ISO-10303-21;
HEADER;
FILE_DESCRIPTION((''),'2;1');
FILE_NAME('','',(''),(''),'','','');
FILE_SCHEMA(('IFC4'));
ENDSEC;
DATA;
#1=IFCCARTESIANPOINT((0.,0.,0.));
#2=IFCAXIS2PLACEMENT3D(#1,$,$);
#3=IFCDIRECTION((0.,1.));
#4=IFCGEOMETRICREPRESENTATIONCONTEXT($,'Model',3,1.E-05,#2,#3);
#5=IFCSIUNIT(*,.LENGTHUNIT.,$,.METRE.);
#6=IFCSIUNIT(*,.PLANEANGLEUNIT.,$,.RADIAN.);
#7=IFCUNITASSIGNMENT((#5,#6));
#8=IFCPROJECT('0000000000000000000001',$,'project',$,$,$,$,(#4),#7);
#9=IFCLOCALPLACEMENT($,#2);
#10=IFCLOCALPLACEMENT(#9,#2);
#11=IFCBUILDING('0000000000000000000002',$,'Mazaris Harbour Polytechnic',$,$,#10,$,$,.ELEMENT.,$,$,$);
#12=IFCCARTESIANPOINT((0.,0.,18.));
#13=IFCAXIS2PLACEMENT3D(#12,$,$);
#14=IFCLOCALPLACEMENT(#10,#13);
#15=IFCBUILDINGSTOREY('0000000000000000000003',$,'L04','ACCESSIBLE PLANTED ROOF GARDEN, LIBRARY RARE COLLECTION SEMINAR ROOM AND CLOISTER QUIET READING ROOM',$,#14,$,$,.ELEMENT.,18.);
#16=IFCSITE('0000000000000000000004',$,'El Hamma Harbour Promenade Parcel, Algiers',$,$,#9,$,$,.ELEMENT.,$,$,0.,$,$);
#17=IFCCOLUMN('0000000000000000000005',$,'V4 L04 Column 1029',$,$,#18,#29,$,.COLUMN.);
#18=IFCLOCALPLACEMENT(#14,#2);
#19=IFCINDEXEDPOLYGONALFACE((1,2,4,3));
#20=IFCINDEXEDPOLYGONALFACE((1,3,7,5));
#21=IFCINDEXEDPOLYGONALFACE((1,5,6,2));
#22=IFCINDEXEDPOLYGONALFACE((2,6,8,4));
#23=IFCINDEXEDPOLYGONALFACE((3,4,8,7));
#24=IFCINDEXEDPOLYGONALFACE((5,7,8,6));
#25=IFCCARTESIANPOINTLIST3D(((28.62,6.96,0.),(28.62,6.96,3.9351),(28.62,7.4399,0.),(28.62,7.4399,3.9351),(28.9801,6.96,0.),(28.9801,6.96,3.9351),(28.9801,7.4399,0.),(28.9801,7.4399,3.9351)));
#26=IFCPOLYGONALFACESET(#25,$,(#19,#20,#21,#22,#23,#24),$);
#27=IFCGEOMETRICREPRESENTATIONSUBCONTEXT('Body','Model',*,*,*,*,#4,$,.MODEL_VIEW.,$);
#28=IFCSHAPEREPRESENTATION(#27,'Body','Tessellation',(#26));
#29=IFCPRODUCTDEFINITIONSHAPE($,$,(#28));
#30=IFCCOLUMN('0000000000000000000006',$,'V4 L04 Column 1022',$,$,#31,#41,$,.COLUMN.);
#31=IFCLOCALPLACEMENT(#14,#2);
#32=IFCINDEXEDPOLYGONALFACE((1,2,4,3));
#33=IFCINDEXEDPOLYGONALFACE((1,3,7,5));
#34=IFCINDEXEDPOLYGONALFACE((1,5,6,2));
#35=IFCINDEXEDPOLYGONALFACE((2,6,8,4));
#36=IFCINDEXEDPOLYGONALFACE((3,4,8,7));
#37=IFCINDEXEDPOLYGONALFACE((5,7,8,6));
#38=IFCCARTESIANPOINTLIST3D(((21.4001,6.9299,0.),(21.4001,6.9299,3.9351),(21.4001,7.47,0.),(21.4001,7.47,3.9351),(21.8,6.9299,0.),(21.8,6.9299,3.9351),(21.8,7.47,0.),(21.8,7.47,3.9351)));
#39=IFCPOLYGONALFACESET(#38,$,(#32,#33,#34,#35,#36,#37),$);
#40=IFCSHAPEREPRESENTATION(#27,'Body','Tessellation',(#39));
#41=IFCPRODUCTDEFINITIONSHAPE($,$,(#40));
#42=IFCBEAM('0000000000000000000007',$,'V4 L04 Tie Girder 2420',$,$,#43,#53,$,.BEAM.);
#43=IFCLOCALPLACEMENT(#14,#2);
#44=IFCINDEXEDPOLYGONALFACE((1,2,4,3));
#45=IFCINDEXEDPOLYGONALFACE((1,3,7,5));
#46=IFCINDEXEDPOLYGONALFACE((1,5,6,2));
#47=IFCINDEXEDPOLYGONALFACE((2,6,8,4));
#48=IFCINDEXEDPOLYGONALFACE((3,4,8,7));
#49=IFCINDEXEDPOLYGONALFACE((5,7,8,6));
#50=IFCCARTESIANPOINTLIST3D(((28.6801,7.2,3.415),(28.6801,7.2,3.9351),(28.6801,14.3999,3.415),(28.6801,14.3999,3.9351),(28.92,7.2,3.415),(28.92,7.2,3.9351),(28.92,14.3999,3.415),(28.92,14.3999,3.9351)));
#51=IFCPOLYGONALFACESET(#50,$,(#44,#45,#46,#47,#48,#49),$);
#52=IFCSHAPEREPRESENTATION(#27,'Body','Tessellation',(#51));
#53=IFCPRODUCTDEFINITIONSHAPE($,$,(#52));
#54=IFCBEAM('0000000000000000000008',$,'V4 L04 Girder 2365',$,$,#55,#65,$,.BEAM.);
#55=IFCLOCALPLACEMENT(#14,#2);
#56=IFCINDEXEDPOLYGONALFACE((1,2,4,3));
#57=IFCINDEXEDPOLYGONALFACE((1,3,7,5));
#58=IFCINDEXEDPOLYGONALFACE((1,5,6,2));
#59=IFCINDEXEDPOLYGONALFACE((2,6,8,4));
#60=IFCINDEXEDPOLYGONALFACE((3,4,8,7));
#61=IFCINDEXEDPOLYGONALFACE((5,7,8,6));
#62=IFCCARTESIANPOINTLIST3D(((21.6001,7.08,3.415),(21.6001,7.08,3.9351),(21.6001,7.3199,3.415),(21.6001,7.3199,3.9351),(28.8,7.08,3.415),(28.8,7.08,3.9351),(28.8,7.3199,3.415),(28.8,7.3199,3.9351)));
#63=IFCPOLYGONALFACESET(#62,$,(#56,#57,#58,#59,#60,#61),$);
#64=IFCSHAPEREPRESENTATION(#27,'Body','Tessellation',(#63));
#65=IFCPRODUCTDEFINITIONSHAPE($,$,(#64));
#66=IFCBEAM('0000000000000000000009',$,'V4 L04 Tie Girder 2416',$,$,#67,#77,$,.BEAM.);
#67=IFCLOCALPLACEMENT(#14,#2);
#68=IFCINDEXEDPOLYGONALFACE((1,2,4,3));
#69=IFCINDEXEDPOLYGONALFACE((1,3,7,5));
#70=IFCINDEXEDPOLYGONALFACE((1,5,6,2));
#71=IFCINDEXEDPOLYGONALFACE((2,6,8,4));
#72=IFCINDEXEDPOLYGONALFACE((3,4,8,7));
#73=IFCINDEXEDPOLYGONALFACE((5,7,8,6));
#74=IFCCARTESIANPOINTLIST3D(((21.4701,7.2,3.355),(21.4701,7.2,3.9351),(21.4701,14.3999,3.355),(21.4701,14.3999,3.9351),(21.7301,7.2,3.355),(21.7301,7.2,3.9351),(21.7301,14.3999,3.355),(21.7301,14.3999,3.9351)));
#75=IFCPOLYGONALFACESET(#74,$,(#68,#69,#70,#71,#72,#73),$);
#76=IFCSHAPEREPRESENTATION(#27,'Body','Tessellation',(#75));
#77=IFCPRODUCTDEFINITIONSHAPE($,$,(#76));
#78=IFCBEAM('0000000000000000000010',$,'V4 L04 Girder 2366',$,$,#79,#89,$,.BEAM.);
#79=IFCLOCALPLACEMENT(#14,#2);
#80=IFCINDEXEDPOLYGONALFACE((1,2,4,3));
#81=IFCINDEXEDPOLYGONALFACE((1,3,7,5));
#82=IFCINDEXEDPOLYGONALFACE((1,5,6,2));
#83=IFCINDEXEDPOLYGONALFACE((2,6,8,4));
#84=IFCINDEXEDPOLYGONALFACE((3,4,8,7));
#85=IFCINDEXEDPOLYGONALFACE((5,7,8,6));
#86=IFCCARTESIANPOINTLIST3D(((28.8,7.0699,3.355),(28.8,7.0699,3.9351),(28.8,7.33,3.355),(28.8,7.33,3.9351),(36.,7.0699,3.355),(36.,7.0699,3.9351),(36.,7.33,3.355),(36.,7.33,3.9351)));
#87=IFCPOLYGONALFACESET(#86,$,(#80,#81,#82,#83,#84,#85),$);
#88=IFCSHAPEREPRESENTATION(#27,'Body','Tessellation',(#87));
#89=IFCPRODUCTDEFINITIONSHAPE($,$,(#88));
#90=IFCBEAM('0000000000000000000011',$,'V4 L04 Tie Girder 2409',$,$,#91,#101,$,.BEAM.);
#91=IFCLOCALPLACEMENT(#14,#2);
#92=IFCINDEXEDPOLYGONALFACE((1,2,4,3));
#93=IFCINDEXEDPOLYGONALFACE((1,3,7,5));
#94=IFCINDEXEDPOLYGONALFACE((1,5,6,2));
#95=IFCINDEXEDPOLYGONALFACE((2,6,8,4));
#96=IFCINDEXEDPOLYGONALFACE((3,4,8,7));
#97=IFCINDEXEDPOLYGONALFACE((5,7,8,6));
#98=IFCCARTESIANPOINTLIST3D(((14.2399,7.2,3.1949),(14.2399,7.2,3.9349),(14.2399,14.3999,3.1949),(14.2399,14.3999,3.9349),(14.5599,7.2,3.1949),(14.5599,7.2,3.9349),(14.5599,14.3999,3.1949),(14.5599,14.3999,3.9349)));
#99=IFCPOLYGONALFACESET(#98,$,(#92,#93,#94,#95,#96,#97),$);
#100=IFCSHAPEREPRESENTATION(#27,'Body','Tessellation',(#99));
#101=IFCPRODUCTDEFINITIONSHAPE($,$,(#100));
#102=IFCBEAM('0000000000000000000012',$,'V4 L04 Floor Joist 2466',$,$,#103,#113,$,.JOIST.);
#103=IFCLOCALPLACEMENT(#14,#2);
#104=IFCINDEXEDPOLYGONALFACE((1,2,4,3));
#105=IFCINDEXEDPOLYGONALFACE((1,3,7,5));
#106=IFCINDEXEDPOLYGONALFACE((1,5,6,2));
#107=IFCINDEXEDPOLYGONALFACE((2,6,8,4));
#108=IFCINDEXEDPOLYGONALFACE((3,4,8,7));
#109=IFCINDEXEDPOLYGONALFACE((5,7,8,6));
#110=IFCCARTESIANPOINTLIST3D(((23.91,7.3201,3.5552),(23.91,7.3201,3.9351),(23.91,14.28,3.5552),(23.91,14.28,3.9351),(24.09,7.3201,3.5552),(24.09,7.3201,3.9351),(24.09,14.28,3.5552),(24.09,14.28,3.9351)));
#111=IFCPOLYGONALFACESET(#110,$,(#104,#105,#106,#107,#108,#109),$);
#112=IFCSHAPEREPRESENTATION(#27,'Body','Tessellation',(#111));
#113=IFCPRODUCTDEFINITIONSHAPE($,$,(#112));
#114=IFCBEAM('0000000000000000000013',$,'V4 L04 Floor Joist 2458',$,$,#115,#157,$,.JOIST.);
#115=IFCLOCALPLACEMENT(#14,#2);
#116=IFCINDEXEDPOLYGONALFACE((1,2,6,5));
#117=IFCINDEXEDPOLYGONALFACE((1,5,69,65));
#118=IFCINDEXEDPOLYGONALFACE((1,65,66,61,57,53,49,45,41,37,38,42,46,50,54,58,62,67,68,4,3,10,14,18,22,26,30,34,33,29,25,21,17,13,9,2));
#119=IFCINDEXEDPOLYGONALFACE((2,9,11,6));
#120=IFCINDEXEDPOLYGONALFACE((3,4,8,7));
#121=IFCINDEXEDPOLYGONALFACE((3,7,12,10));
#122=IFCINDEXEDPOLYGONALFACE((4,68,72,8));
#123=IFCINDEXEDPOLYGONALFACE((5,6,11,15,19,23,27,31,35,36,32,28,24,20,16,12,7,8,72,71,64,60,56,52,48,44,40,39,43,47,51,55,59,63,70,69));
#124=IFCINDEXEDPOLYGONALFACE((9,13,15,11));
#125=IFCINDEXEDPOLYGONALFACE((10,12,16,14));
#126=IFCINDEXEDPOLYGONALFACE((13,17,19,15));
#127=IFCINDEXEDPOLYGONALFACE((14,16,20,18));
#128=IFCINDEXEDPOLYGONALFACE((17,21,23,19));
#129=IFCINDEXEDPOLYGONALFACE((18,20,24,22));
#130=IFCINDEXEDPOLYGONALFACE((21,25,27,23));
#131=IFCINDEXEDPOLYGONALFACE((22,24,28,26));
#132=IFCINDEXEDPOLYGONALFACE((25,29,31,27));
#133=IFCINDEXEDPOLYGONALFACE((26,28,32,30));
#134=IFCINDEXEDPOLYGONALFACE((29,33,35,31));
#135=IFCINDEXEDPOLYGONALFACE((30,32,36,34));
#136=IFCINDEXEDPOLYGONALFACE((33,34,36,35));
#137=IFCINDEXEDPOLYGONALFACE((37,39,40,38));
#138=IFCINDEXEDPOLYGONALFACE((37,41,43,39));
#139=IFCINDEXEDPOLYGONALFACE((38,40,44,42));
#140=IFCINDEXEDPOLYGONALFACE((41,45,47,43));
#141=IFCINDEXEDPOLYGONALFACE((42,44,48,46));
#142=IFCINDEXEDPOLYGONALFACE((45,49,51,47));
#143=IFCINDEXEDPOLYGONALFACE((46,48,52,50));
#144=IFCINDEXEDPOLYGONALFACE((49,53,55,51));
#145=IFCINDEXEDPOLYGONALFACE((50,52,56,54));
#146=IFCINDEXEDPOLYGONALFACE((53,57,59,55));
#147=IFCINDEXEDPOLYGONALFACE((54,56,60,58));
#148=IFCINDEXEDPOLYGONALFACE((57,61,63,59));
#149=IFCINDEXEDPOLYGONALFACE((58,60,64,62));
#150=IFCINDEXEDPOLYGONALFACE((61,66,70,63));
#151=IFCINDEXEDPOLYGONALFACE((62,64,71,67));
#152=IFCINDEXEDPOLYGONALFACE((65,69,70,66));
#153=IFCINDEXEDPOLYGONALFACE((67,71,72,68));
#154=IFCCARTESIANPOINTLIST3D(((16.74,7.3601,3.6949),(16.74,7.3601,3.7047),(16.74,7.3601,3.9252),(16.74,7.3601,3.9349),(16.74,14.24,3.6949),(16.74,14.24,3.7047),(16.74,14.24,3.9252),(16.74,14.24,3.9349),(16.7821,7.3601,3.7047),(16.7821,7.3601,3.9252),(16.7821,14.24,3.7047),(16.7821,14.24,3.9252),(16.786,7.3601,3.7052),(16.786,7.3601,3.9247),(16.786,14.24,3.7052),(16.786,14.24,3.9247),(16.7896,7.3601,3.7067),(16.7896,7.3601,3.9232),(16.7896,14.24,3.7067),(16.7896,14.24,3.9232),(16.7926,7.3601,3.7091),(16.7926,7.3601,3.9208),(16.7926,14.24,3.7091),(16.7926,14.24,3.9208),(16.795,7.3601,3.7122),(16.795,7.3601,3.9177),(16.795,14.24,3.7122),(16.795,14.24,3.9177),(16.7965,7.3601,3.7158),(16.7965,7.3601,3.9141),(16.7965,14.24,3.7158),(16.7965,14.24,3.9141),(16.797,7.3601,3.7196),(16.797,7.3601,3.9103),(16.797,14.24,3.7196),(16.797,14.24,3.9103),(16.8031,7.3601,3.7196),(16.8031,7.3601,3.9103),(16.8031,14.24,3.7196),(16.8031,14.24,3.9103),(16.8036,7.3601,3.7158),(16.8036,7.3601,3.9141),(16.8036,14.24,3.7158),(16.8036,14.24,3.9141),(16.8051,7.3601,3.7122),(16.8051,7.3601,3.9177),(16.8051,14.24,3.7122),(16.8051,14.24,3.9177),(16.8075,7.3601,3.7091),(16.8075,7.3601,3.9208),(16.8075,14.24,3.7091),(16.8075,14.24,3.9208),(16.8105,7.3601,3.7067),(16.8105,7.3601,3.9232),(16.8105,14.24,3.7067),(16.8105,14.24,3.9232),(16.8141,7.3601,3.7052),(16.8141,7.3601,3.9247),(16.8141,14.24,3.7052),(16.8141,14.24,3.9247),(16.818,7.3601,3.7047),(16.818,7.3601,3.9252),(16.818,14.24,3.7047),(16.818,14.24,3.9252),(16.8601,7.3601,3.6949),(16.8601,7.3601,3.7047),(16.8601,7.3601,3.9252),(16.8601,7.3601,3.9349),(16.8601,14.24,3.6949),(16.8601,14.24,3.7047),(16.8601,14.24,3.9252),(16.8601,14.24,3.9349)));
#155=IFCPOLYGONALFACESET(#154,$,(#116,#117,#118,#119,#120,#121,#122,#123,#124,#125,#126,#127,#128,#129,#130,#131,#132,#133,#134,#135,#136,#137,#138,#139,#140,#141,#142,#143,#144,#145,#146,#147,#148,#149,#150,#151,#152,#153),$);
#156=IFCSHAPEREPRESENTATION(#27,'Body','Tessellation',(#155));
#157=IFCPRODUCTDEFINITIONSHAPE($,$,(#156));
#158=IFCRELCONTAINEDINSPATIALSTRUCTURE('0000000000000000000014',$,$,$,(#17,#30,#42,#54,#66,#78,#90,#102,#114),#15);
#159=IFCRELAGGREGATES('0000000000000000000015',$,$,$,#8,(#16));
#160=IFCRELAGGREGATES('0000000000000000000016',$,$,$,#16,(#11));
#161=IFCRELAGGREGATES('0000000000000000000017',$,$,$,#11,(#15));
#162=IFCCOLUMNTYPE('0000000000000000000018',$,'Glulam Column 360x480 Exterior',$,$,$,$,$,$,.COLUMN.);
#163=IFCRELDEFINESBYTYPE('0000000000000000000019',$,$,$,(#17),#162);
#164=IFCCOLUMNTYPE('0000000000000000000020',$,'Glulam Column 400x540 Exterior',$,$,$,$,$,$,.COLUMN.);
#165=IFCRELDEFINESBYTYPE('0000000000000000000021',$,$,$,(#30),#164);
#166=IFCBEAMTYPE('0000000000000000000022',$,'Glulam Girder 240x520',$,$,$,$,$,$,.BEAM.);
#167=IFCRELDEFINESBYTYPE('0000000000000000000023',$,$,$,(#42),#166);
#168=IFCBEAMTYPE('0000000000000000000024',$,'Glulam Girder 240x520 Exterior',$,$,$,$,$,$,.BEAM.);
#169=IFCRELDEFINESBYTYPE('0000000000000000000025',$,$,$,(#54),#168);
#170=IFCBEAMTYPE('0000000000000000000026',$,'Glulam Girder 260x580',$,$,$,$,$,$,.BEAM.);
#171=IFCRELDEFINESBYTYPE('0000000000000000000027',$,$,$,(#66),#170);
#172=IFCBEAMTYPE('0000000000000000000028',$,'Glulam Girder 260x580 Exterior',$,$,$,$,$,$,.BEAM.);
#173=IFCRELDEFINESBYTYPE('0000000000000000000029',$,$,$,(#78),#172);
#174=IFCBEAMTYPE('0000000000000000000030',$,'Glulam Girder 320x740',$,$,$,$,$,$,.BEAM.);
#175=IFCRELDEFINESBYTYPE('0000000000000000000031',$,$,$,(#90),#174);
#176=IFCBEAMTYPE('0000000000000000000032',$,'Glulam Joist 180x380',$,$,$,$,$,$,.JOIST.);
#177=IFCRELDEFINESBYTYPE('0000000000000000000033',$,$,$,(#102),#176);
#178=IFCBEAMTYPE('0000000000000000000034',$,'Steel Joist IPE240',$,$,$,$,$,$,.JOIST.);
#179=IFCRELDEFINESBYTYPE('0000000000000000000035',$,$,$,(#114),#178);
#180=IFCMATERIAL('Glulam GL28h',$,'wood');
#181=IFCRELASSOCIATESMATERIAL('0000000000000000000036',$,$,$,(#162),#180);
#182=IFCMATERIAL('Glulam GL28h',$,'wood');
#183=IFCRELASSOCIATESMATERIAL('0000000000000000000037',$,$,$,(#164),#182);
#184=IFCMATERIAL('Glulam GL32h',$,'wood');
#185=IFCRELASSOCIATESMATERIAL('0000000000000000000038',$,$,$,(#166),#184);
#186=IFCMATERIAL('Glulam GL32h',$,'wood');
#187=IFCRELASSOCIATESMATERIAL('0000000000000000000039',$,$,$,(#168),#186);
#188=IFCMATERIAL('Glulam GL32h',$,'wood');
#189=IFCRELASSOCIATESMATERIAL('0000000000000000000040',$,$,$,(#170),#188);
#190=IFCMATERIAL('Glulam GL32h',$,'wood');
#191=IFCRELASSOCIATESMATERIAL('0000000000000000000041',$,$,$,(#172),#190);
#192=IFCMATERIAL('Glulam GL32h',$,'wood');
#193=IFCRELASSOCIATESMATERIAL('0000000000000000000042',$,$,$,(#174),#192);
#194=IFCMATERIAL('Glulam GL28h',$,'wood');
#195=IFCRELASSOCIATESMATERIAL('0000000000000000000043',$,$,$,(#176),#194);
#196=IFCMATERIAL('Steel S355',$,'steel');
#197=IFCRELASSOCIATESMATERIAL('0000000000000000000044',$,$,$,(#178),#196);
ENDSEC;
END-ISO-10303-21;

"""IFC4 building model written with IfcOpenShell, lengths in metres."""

from ifc_helpers import new_model, si_unit, direction, frame, origin, origin_2d, place, context, subcontext, project, spatial, rectangle, i_section, extrude, material, material_profile, profile_set, type_object, element, save


model = new_model("IFC4")

# Units and contexts
model_context = context("Model", 3, precision=1e-05, world=origin(), true_north=direction((0.0, 1.0)))
body_context = subcontext(model_context, "Body", "Model", "MODEL_VIEW")
ifc_project = project(units=[si_unit("LENGTHUNIT", "METRE"), si_unit("PLANEANGLEUNIT", "RADIAN")], contexts=[model_context])

# Site, building, storey
site_placement = place(None, origin())
site = spatial("IfcSite", under=ifc_project, at=site_placement, Name="El Hamma Harbour Promenade Parcel, Algiers", CompositionType="ELEMENT", RefElevation=0.0)
building_placement = place(site_placement, origin())
building = spatial("IfcBuilding", under=site, at=building_placement, Name="Mazaris Harbour Polytechnic", CompositionType="ELEMENT")
storey_placement = place(building_placement, frame((0.0, 0.0, 18.0)))
storey = spatial("IfcBuildingStorey", under=building, at=storey_placement, Name="L04", Description="ACCESSIBLE PLANTED ROOF GARDEN, LIBRARY RARE COLLECTION SEMINAR ROOM AND CLOISTER QUIET READING ROOM", CompositionType="ELEMENT", Elevation=18.0)

# Columns
ifc_material_1 = material(Name="Glulam GL28h", Category="wood")
ifc_material_profile_1 = material_profile(ifc_material_1, rectangle(XDim=0.3601, YDim=0.48, at=origin_2d()), Name="RECT360x480")
ifc_profile_set_1 = profile_set([ifc_material_profile_1], Name="Glulam GL28h")
column_type_1 = type_object("IfcColumnType", Name="Glulam Column 360x480 Exterior", PredefinedType="COLUMN", material=ifc_profile_set_1)
column_1_placement = place(storey_placement, frame((28.8, 7.2, 0.0), z_axis=(0.0, 0.0, 1.0), x_axis=(1.0, 0.0, 0.0)))
element("IfcColumn", 1, at=column_1_placement, inside=storey, type_object=column_type_1, Name="V4 L04 Column 1029", PredefinedType="COLUMN", context=body_context, shape_type="SweptSolid", body=[
    extrude(rectangle(XDim=0.3601, YDim=0.48, at=origin_2d()), origin(), (0.0, 0.0, 1.0), 3.9351),
])
ifc_material_2 = material(Name="Glulam GL28h", Category="wood")
ifc_material_profile_2 = material_profile(ifc_material_2, rectangle(XDim=0.3999, YDim=0.54, at=origin_2d()), Name="RECT400x540")
ifc_profile_set_2 = profile_set([ifc_material_profile_2], Name="Glulam GL28h")
column_type_2 = type_object("IfcColumnType", Name="Glulam Column 400x540 Exterior", PredefinedType="COLUMN", material=ifc_profile_set_2)
column_2_placement = place(storey_placement, frame((21.6001, 7.2, 0.0), z_axis=(0.0, 0.0, 1.0), x_axis=(1.0, 0.0, 0.0)))
element("IfcColumn", 2, at=column_2_placement, inside=storey, type_object=column_type_2, Name="V4 L04 Column 1022", PredefinedType="COLUMN", context=body_context, shape_type="SweptSolid", body=[
    extrude(rectangle(XDim=0.3999, YDim=0.54, at=origin_2d()), origin(), (0.0, 0.0, 1.0), 3.9351),
])

# Beams
ifc_material_3 = material(Name="Glulam GL32h", Category="wood")
ifc_material_profile_3 = material_profile(ifc_material_3, rectangle(XDim=0.24, YDim=0.52, at=origin_2d()), Name="RECT240x520")
ifc_profile_set_3 = profile_set([ifc_material_profile_3], Name="Glulam GL32h")
beam_type_1 = type_object("IfcBeamType", Name="Glulam Girder 240x520", PredefinedType="BEAM", material=ifc_profile_set_3)
beam_1_placement = place(storey_placement, frame((28.8, 7.2, 3.675), z_axis=(0.0, 1.0, 0.0), x_axis=(-1.0, 0.0, 0.0)))
element("IfcBeam", 3, at=beam_1_placement, inside=storey, type_object=beam_type_1, Name="V4 L04 Tie Girder 2420", PredefinedType="BEAM", context=body_context, shape_type="SweptSolid", body=[
    extrude(rectangle(XDim=0.24, YDim=0.52, at=origin_2d()), origin(), (0.0, 0.0, 1.0), 7.2),
])
ifc_material_4 = material(Name="Glulam GL32h", Category="wood")
ifc_material_profile_4 = material_profile(ifc_material_4, rectangle(XDim=0.24, YDim=0.52, at=origin_2d()), Name="RECT240x520")
ifc_profile_set_4 = profile_set([ifc_material_profile_4], Name="Glulam GL32h")
beam_type_2 = type_object("IfcBeamType", Name="Glulam Girder 240x520 Exterior", PredefinedType="BEAM", material=ifc_profile_set_4)
beam_2_placement = place(storey_placement, frame((21.6001, 7.2, 3.675), z_axis=(1.0, 0.0, 0.0), x_axis=(0.0, 1.0, 0.0)))
element("IfcBeam", 4, at=beam_2_placement, inside=storey, type_object=beam_type_2, Name="V4 L04 Girder 2365", PredefinedType="BEAM", context=body_context, shape_type="SweptSolid", body=[
    extrude(rectangle(XDim=0.24, YDim=0.52, at=origin_2d()), origin(), (0.0, 0.0, 1.0), 7.2),
])
ifc_material_5 = material(Name="Glulam GL32h", Category="wood")
ifc_material_profile_5 = material_profile(ifc_material_5, rectangle(XDim=0.26, YDim=0.5801, at=origin_2d()), Name="RECT260x580")
ifc_profile_set_5 = profile_set([ifc_material_profile_5], Name="Glulam GL32h")
beam_type_3 = type_object("IfcBeamType", Name="Glulam Girder 260x580", PredefinedType="BEAM", material=ifc_profile_set_5)
beam_3_placement = place(storey_placement, frame((21.6001, 7.2, 3.645), z_axis=(0.0, 1.0, 0.0), x_axis=(-1.0, 0.0, 0.0)))
element("IfcBeam", 5, at=beam_3_placement, inside=storey, type_object=beam_type_3, Name="V4 L04 Tie Girder 2416", PredefinedType="BEAM", context=body_context, shape_type="SweptSolid", body=[
    extrude(rectangle(XDim=0.26, YDim=0.5801, at=origin_2d()), origin(), (0.0, 0.0, 1.0), 7.2),
])
ifc_material_6 = material(Name="Glulam GL32h", Category="wood")
ifc_material_profile_6 = material_profile(ifc_material_6, rectangle(XDim=0.26, YDim=0.5801, at=origin_2d()), Name="RECT260x580")
ifc_profile_set_6 = profile_set([ifc_material_profile_6], Name="Glulam GL32h")
beam_type_4 = type_object("IfcBeamType", Name="Glulam Girder 260x580 Exterior", PredefinedType="BEAM", material=ifc_profile_set_6)
beam_4_placement = place(storey_placement, frame((28.8, 7.2, 3.645), z_axis=(1.0, 0.0, 0.0), x_axis=(0.0, 1.0, 0.0)))
element("IfcBeam", 6, at=beam_4_placement, inside=storey, type_object=beam_type_4, Name="V4 L04 Girder 2366", PredefinedType="BEAM", context=body_context, shape_type="SweptSolid", body=[
    extrude(rectangle(XDim=0.26, YDim=0.5801, at=origin_2d()), origin(), (0.0, 0.0, 1.0), 7.2),
])
ifc_material_7 = material(Name="Glulam GL32h", Category="wood")
ifc_material_profile_7 = material_profile(ifc_material_7, rectangle(XDim=0.3201, YDim=0.74, at=origin_2d()), Name="RECT320x740")
ifc_profile_set_7 = profile_set([ifc_material_profile_7], Name="Glulam GL32h")
beam_type_5 = type_object("IfcBeamType", Name="Glulam Girder 320x740", PredefinedType="BEAM", material=ifc_profile_set_7)
beam_5_placement = place(storey_placement, frame((14.3999, 7.2, 3.5649), z_axis=(0.0, 1.0, 0.0), x_axis=(-1.0, 0.0, 0.0)))
element("IfcBeam", 7, at=beam_5_placement, inside=storey, type_object=beam_type_5, Name="V4 L04 Tie Girder 2409", PredefinedType="BEAM", context=body_context, shape_type="SweptSolid", body=[
    extrude(rectangle(XDim=0.3201, YDim=0.74, at=origin_2d()), origin(), (0.0, 0.0, 1.0), 7.2),
])
ifc_material_8 = material(Name="Glulam GL28h", Category="wood")
ifc_material_profile_8 = material_profile(ifc_material_8, rectangle(XDim=0.1799, YDim=0.3799, at=origin_2d()), Name="RECT180x380")
ifc_profile_set_8 = profile_set([ifc_material_profile_8], Name="Glulam GL28h")
beam_type_6 = type_object("IfcBeamType", Name="Glulam Joist 180x380", PredefinedType="JOIST", material=ifc_profile_set_8)
beam_6_placement = place(storey_placement, frame((24.0, 7.3201, 3.7451), z_axis=(0.0, 1.0, 0.0), x_axis=(-1.0, 0.0, 0.0)))
element("IfcBeam", 8, at=beam_6_placement, inside=storey, type_object=beam_type_6, Name="V4 L04 Floor Joist 2466", PredefinedType="JOIST", context=body_context, shape_type="SweptSolid", body=[
    extrude(rectangle(XDim=0.1799, YDim=0.3799, at=origin_2d()), origin(), (0.0, 0.0, 1.0), 6.96),
])
ifc_material_9 = material(Name="Steel S355", Category="steel")
ifc_material_profile_9 = material_profile(ifc_material_9, i_section(OverallWidth=0.1201, OverallDepth=0.24, WebThickness=0.0061, FlangeThickness=0.0098, FilletRadius=0.0149, at=origin_2d()), Name="IPE 240")
ifc_profile_set_9 = profile_set([ifc_material_profile_9], Name="Steel S355")
beam_type_7 = type_object("IfcBeamType", Name="Steel Joist IPE240", PredefinedType="JOIST", material=ifc_profile_set_9)
beam_7_placement = place(storey_placement, frame((16.8, 7.3601, 3.8149), z_axis=(0.0, 1.0, 0.0), x_axis=(-1.0, 0.0, 0.0)))
element("IfcBeam", 9, at=beam_7_placement, inside=storey, type_object=beam_type_7, Name="V4 L04 Floor Joist 2458", PredefinedType="JOIST", context=body_context, shape_type="SweptSolid", body=[
    extrude(i_section(OverallWidth=0.1201, OverallDepth=0.24, WebThickness=0.0061, FlangeThickness=0.0098, FilletRadius=0.0149, at=origin_2d()), origin(), (0.0, 0.0, 1.0), 6.8799),
])

save(model, "model.ifc")
